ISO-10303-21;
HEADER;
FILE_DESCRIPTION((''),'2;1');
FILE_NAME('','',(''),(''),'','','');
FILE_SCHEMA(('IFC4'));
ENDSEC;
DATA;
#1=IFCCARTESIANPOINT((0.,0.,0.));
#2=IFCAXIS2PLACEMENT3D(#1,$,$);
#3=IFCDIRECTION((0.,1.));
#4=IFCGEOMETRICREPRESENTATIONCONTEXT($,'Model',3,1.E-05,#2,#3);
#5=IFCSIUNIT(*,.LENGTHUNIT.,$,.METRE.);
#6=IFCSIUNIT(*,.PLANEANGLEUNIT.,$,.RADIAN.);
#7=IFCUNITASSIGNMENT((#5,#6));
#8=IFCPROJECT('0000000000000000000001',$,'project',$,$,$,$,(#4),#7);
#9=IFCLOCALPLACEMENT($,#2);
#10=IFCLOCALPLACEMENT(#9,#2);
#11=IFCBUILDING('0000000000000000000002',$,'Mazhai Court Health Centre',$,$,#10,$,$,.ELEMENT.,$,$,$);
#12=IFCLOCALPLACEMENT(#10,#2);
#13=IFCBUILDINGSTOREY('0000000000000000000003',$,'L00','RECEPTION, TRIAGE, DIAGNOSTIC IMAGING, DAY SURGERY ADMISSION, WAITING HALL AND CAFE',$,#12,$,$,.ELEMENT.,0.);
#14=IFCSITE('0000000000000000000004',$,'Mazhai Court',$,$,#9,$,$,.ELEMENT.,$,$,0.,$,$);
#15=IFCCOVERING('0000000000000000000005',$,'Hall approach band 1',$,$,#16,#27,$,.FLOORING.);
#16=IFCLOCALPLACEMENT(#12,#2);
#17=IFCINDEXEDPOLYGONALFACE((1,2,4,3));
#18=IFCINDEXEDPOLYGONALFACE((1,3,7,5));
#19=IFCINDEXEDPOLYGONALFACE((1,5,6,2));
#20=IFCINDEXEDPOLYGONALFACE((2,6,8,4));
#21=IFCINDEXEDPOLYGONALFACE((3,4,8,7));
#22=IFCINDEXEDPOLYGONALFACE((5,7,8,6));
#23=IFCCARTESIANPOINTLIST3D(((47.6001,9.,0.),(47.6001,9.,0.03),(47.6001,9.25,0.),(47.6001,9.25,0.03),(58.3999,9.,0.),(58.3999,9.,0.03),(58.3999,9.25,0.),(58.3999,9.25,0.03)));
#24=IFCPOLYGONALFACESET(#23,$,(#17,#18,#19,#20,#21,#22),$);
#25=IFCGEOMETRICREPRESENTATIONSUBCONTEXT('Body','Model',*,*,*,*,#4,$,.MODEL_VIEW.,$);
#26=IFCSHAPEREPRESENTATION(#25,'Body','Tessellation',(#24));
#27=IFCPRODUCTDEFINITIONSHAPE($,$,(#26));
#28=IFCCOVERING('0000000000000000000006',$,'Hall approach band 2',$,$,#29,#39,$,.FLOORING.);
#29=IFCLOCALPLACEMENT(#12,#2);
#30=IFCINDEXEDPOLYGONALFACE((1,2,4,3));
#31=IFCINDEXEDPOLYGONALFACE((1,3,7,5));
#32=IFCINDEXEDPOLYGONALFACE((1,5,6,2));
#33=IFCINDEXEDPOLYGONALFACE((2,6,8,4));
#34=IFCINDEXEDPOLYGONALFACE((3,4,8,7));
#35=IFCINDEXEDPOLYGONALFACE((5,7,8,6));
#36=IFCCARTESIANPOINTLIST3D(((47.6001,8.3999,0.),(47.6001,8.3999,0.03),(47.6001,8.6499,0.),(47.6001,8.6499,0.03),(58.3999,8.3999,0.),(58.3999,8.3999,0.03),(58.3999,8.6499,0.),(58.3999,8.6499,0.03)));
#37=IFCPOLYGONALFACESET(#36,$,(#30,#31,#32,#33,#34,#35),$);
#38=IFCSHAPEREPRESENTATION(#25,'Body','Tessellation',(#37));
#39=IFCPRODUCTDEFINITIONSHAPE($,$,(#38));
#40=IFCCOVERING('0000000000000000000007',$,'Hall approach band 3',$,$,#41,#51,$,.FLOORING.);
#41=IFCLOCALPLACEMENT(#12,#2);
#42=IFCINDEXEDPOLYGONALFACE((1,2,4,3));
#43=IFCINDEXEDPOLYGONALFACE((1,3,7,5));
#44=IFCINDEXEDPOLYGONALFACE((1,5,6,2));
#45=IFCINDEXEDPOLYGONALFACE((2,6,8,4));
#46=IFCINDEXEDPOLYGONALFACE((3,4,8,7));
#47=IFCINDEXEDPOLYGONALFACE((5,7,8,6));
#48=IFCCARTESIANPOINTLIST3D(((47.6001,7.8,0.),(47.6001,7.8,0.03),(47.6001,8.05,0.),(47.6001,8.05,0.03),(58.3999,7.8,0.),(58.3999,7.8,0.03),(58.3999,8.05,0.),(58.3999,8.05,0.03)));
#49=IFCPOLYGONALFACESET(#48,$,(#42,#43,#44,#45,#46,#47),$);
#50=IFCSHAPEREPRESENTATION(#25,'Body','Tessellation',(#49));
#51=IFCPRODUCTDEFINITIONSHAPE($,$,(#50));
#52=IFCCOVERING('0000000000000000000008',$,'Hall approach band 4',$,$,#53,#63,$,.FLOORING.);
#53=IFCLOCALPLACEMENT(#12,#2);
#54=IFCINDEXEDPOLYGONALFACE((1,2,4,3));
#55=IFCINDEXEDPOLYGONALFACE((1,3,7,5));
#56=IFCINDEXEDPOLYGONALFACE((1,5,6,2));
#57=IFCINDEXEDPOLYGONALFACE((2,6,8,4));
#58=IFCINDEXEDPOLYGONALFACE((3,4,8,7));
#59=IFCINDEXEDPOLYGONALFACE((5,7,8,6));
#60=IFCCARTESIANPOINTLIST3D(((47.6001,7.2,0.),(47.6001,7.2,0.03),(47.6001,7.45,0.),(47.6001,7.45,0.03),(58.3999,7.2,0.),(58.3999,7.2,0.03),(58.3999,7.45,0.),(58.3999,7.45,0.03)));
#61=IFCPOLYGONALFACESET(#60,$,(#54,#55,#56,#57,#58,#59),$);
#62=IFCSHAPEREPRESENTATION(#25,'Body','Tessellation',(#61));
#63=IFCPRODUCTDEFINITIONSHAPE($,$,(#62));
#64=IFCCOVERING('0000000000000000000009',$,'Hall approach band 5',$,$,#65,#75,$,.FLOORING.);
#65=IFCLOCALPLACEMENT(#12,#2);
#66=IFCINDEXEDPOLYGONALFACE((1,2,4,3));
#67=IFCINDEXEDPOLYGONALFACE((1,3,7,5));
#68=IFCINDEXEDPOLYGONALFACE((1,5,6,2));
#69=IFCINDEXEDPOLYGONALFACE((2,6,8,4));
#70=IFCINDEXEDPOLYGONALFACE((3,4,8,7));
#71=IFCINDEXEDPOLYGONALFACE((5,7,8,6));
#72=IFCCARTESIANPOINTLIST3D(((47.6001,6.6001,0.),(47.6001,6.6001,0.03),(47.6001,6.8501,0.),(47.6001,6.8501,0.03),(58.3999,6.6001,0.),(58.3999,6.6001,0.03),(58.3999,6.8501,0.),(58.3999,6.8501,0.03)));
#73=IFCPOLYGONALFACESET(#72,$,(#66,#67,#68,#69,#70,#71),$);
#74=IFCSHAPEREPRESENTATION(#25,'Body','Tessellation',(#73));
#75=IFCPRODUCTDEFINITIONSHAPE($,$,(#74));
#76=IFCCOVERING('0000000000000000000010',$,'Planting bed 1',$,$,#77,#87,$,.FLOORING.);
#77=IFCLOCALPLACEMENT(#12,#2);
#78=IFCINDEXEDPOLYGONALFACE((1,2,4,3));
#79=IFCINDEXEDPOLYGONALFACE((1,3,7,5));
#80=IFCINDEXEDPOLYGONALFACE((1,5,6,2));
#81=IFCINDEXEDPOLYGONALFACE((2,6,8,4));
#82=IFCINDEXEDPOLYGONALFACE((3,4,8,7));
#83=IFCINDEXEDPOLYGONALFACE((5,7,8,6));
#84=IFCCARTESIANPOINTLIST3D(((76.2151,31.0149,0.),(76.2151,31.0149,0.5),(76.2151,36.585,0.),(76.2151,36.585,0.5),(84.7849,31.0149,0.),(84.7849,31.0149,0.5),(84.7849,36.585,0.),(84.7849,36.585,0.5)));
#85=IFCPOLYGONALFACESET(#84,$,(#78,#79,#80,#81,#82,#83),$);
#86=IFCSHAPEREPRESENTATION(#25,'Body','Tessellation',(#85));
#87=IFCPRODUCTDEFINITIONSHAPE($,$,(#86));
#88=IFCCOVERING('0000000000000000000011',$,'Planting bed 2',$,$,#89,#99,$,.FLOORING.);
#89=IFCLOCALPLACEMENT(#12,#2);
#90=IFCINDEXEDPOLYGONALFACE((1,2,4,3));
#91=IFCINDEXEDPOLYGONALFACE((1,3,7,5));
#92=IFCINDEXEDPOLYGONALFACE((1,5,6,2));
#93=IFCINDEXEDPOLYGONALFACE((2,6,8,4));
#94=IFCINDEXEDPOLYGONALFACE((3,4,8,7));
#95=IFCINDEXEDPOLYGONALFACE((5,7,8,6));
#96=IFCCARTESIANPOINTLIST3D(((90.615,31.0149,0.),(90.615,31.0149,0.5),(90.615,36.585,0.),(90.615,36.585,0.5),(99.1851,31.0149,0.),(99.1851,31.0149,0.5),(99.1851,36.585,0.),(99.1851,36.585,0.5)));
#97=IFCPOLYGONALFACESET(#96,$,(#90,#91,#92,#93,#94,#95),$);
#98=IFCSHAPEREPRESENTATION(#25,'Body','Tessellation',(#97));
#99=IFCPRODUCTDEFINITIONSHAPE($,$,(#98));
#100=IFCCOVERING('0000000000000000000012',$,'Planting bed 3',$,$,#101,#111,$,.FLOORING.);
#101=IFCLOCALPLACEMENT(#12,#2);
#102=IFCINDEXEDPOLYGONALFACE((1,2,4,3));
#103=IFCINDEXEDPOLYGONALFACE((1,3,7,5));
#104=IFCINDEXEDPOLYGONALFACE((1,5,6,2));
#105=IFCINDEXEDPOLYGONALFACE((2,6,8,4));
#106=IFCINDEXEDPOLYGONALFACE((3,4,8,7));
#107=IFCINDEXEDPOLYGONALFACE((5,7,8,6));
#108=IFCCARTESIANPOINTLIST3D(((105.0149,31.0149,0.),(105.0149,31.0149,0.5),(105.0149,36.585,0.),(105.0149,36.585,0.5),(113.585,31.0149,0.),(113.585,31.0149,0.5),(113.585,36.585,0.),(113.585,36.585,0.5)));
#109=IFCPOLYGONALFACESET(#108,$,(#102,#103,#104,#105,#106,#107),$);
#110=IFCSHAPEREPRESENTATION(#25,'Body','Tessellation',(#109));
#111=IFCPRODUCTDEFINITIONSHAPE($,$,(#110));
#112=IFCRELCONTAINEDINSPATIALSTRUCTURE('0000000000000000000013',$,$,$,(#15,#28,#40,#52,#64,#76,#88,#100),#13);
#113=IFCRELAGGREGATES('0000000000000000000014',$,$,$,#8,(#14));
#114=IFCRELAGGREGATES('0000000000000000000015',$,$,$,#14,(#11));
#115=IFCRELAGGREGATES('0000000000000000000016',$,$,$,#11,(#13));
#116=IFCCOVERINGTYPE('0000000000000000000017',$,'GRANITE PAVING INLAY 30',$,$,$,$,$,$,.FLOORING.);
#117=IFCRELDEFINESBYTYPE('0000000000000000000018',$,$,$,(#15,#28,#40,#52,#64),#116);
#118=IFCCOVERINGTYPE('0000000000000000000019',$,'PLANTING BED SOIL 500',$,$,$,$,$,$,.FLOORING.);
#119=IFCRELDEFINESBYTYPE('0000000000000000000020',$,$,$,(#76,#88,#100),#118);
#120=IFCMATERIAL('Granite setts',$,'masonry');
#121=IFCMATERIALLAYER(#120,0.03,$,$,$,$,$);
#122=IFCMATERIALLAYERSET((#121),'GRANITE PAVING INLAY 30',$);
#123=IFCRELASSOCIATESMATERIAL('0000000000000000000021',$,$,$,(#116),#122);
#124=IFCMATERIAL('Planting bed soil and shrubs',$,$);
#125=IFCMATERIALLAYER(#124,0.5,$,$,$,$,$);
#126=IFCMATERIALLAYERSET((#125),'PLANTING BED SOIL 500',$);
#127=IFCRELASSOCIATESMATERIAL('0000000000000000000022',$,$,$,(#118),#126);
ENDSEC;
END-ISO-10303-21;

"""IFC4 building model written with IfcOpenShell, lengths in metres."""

from ifc_helpers import new_model, si_unit, direction, origin, place, context, subcontext, project, spatial, polyline, outline, extrude, material, layer, layer_set, type_object, element, save


model = new_model("IFC4")

# Units and contexts
model_context = context("Model", 3, precision=1e-05, world=origin(), true_north=direction((0.0, 1.0)))
body_context = subcontext(model_context, "Body", "Model", "MODEL_VIEW")
ifc_project = project(units=[si_unit("LENGTHUNIT", "METRE"), si_unit("PLANEANGLEUNIT", "RADIAN")], contexts=[model_context])

# Site, building, storey
site_placement = place(None, origin())
site = spatial("IfcSite", under=ifc_project, at=site_placement, Name="Mazhai Court", CompositionType="ELEMENT", RefElevation=0.0)
building_placement = place(site_placement, origin())
building = spatial("IfcBuilding", under=site, at=building_placement, Name="Mazhai Court Health Centre", CompositionType="ELEMENT")
storey_placement = place(building_placement, origin())
storey = spatial("IfcBuildingStorey", under=building, at=storey_placement, Name="L00", Description="RECEPTION, TRIAGE, DIAGNOSTIC IMAGING, DAY SURGERY ADMISSION, WAITING HALL AND CAFE", CompositionType="ELEMENT", Elevation=0.0)

# Coverings
ifc_material_1 = material(Name="Granite setts", Category="masonry")
ifc_layer_1 = layer(ifc_material_1, 0.03)
ifc_layer_set_1 = layer_set([ifc_layer_1], Name="GRANITE PAVING INLAY 30")
covering_type_1 = type_object("IfcCoveringType", Name="GRANITE PAVING INLAY 30", PredefinedType="FLOORING", material=ifc_layer_set_1)
covering_1_placement = place(storey_placement, origin())
element("IfcCovering", 1, at=covering_1_placement, inside=storey, type_object=covering_type_1, Name="Hall approach band 1", PredefinedType="FLOORING", context=body_context, shape_type="SweptSolid", body=[
    extrude(outline(polyline([(47.6001, 9.0), (58.3999, 9.0), (58.3999, 9.25), (47.6001, 9.25), (47.6001, 9.0)])), origin(), (0.0, 0.0, 1.0), 0.03),
])
covering_2_placement = place(storey_placement, origin())
element("IfcCovering", 2, at=covering_2_placement, inside=storey, type_object=covering_type_1, Name="Hall approach band 2", PredefinedType="FLOORING", context=body_context, shape_type="SweptSolid", body=[
    extrude(outline(polyline([(47.6001, 8.3999), (58.3999, 8.3999), (58.3999, 8.6499), (47.6001, 8.6499), (47.6001, 8.3999)])), origin(), (0.0, 0.0, 1.0), 0.03),
])
covering_3_placement = place(storey_placement, origin())
element("IfcCovering", 3, at=covering_3_placement, inside=storey, type_object=covering_type_1, Name="Hall approach band 3", PredefinedType="FLOORING", context=body_context, shape_type="SweptSolid", body=[
    extrude(outline(polyline([(47.6001, 7.8), (58.3999, 7.8), (58.3999, 8.05), (47.6001, 8.05), (47.6001, 7.8)])), origin(), (0.0, 0.0, 1.0), 0.03),
])
covering_4_placement = place(storey_placement, origin())
element("IfcCovering", 4, at=covering_4_placement, inside=storey, type_object=covering_type_1, Name="Hall approach band 4", PredefinedType="FLOORING", context=body_context, shape_type="SweptSolid", body=[
    extrude(outline(polyline([(47.6001, 7.2), (58.3999, 7.2), (58.3999, 7.45), (47.6001, 7.45), (47.6001, 7.2)])), origin(), (0.0, 0.0, 1.0), 0.03),
])
covering_5_placement = place(storey_placement, origin())
element("IfcCovering", 5, at=covering_5_placement, inside=storey, type_object=covering_type_1, Name="Hall approach band 5", PredefinedType="FLOORING", context=body_context, shape_type="SweptSolid", body=[
    extrude(outline(polyline([(47.6001, 6.6001), (58.3999, 6.6001), (58.3999, 6.8501), (47.6001, 6.8501), (47.6001, 6.6001)])), origin(), (0.0, 0.0, 1.0), 0.03),
])
ifc_material_2 = material(Name="Planting bed soil and shrubs")
ifc_layer_2 = layer(ifc_material_2, 0.5)
ifc_layer_set_2 = layer_set([ifc_layer_2], Name="PLANTING BED SOIL 500")
covering_type_2 = type_object("IfcCoveringType", Name="PLANTING BED SOIL 500", PredefinedType="FLOORING", material=ifc_layer_set_2)
covering_6_placement = place(storey_placement, origin())
element("IfcCovering", 6, at=covering_6_placement, inside=storey, type_object=covering_type_2, Name="Planting bed 1", PredefinedType="FLOORING", context=body_context, shape_type="SweptSolid", body=[
    extrude(outline(polyline([(76.2151, 31.0149), (84.7849, 31.0149), (84.7849, 36.585), (76.2151, 36.585), (76.2151, 31.0149)])), origin(), (0.0, 0.0, 1.0), 0.5),
])
covering_7_placement = place(storey_placement, origin())
element("IfcCovering", 7, at=covering_7_placement, inside=storey, type_object=covering_type_2, Name="Planting bed 2", PredefinedType="FLOORING", context=body_context, shape_type="SweptSolid", body=[
    extrude(outline(polyline([(90.615, 31.0149), (99.1851, 31.0149), (99.1851, 36.585), (90.615, 36.585), (90.615, 31.0149)])), origin(), (0.0, 0.0, 1.0), 0.5),
])
covering_8_placement = place(storey_placement, origin())
element("IfcCovering", 8, at=covering_8_placement, inside=storey, type_object=covering_type_2, Name="Planting bed 3", PredefinedType="FLOORING", context=body_context, shape_type="SweptSolid", body=[
    extrude(outline(polyline([(105.0149, 31.0149), (113.585, 31.0149), (113.585, 36.585), (105.0149, 36.585), (105.0149, 31.0149)])), origin(), (0.0, 0.0, 1.0), 0.5),
])

save(model, "model.ifc")
